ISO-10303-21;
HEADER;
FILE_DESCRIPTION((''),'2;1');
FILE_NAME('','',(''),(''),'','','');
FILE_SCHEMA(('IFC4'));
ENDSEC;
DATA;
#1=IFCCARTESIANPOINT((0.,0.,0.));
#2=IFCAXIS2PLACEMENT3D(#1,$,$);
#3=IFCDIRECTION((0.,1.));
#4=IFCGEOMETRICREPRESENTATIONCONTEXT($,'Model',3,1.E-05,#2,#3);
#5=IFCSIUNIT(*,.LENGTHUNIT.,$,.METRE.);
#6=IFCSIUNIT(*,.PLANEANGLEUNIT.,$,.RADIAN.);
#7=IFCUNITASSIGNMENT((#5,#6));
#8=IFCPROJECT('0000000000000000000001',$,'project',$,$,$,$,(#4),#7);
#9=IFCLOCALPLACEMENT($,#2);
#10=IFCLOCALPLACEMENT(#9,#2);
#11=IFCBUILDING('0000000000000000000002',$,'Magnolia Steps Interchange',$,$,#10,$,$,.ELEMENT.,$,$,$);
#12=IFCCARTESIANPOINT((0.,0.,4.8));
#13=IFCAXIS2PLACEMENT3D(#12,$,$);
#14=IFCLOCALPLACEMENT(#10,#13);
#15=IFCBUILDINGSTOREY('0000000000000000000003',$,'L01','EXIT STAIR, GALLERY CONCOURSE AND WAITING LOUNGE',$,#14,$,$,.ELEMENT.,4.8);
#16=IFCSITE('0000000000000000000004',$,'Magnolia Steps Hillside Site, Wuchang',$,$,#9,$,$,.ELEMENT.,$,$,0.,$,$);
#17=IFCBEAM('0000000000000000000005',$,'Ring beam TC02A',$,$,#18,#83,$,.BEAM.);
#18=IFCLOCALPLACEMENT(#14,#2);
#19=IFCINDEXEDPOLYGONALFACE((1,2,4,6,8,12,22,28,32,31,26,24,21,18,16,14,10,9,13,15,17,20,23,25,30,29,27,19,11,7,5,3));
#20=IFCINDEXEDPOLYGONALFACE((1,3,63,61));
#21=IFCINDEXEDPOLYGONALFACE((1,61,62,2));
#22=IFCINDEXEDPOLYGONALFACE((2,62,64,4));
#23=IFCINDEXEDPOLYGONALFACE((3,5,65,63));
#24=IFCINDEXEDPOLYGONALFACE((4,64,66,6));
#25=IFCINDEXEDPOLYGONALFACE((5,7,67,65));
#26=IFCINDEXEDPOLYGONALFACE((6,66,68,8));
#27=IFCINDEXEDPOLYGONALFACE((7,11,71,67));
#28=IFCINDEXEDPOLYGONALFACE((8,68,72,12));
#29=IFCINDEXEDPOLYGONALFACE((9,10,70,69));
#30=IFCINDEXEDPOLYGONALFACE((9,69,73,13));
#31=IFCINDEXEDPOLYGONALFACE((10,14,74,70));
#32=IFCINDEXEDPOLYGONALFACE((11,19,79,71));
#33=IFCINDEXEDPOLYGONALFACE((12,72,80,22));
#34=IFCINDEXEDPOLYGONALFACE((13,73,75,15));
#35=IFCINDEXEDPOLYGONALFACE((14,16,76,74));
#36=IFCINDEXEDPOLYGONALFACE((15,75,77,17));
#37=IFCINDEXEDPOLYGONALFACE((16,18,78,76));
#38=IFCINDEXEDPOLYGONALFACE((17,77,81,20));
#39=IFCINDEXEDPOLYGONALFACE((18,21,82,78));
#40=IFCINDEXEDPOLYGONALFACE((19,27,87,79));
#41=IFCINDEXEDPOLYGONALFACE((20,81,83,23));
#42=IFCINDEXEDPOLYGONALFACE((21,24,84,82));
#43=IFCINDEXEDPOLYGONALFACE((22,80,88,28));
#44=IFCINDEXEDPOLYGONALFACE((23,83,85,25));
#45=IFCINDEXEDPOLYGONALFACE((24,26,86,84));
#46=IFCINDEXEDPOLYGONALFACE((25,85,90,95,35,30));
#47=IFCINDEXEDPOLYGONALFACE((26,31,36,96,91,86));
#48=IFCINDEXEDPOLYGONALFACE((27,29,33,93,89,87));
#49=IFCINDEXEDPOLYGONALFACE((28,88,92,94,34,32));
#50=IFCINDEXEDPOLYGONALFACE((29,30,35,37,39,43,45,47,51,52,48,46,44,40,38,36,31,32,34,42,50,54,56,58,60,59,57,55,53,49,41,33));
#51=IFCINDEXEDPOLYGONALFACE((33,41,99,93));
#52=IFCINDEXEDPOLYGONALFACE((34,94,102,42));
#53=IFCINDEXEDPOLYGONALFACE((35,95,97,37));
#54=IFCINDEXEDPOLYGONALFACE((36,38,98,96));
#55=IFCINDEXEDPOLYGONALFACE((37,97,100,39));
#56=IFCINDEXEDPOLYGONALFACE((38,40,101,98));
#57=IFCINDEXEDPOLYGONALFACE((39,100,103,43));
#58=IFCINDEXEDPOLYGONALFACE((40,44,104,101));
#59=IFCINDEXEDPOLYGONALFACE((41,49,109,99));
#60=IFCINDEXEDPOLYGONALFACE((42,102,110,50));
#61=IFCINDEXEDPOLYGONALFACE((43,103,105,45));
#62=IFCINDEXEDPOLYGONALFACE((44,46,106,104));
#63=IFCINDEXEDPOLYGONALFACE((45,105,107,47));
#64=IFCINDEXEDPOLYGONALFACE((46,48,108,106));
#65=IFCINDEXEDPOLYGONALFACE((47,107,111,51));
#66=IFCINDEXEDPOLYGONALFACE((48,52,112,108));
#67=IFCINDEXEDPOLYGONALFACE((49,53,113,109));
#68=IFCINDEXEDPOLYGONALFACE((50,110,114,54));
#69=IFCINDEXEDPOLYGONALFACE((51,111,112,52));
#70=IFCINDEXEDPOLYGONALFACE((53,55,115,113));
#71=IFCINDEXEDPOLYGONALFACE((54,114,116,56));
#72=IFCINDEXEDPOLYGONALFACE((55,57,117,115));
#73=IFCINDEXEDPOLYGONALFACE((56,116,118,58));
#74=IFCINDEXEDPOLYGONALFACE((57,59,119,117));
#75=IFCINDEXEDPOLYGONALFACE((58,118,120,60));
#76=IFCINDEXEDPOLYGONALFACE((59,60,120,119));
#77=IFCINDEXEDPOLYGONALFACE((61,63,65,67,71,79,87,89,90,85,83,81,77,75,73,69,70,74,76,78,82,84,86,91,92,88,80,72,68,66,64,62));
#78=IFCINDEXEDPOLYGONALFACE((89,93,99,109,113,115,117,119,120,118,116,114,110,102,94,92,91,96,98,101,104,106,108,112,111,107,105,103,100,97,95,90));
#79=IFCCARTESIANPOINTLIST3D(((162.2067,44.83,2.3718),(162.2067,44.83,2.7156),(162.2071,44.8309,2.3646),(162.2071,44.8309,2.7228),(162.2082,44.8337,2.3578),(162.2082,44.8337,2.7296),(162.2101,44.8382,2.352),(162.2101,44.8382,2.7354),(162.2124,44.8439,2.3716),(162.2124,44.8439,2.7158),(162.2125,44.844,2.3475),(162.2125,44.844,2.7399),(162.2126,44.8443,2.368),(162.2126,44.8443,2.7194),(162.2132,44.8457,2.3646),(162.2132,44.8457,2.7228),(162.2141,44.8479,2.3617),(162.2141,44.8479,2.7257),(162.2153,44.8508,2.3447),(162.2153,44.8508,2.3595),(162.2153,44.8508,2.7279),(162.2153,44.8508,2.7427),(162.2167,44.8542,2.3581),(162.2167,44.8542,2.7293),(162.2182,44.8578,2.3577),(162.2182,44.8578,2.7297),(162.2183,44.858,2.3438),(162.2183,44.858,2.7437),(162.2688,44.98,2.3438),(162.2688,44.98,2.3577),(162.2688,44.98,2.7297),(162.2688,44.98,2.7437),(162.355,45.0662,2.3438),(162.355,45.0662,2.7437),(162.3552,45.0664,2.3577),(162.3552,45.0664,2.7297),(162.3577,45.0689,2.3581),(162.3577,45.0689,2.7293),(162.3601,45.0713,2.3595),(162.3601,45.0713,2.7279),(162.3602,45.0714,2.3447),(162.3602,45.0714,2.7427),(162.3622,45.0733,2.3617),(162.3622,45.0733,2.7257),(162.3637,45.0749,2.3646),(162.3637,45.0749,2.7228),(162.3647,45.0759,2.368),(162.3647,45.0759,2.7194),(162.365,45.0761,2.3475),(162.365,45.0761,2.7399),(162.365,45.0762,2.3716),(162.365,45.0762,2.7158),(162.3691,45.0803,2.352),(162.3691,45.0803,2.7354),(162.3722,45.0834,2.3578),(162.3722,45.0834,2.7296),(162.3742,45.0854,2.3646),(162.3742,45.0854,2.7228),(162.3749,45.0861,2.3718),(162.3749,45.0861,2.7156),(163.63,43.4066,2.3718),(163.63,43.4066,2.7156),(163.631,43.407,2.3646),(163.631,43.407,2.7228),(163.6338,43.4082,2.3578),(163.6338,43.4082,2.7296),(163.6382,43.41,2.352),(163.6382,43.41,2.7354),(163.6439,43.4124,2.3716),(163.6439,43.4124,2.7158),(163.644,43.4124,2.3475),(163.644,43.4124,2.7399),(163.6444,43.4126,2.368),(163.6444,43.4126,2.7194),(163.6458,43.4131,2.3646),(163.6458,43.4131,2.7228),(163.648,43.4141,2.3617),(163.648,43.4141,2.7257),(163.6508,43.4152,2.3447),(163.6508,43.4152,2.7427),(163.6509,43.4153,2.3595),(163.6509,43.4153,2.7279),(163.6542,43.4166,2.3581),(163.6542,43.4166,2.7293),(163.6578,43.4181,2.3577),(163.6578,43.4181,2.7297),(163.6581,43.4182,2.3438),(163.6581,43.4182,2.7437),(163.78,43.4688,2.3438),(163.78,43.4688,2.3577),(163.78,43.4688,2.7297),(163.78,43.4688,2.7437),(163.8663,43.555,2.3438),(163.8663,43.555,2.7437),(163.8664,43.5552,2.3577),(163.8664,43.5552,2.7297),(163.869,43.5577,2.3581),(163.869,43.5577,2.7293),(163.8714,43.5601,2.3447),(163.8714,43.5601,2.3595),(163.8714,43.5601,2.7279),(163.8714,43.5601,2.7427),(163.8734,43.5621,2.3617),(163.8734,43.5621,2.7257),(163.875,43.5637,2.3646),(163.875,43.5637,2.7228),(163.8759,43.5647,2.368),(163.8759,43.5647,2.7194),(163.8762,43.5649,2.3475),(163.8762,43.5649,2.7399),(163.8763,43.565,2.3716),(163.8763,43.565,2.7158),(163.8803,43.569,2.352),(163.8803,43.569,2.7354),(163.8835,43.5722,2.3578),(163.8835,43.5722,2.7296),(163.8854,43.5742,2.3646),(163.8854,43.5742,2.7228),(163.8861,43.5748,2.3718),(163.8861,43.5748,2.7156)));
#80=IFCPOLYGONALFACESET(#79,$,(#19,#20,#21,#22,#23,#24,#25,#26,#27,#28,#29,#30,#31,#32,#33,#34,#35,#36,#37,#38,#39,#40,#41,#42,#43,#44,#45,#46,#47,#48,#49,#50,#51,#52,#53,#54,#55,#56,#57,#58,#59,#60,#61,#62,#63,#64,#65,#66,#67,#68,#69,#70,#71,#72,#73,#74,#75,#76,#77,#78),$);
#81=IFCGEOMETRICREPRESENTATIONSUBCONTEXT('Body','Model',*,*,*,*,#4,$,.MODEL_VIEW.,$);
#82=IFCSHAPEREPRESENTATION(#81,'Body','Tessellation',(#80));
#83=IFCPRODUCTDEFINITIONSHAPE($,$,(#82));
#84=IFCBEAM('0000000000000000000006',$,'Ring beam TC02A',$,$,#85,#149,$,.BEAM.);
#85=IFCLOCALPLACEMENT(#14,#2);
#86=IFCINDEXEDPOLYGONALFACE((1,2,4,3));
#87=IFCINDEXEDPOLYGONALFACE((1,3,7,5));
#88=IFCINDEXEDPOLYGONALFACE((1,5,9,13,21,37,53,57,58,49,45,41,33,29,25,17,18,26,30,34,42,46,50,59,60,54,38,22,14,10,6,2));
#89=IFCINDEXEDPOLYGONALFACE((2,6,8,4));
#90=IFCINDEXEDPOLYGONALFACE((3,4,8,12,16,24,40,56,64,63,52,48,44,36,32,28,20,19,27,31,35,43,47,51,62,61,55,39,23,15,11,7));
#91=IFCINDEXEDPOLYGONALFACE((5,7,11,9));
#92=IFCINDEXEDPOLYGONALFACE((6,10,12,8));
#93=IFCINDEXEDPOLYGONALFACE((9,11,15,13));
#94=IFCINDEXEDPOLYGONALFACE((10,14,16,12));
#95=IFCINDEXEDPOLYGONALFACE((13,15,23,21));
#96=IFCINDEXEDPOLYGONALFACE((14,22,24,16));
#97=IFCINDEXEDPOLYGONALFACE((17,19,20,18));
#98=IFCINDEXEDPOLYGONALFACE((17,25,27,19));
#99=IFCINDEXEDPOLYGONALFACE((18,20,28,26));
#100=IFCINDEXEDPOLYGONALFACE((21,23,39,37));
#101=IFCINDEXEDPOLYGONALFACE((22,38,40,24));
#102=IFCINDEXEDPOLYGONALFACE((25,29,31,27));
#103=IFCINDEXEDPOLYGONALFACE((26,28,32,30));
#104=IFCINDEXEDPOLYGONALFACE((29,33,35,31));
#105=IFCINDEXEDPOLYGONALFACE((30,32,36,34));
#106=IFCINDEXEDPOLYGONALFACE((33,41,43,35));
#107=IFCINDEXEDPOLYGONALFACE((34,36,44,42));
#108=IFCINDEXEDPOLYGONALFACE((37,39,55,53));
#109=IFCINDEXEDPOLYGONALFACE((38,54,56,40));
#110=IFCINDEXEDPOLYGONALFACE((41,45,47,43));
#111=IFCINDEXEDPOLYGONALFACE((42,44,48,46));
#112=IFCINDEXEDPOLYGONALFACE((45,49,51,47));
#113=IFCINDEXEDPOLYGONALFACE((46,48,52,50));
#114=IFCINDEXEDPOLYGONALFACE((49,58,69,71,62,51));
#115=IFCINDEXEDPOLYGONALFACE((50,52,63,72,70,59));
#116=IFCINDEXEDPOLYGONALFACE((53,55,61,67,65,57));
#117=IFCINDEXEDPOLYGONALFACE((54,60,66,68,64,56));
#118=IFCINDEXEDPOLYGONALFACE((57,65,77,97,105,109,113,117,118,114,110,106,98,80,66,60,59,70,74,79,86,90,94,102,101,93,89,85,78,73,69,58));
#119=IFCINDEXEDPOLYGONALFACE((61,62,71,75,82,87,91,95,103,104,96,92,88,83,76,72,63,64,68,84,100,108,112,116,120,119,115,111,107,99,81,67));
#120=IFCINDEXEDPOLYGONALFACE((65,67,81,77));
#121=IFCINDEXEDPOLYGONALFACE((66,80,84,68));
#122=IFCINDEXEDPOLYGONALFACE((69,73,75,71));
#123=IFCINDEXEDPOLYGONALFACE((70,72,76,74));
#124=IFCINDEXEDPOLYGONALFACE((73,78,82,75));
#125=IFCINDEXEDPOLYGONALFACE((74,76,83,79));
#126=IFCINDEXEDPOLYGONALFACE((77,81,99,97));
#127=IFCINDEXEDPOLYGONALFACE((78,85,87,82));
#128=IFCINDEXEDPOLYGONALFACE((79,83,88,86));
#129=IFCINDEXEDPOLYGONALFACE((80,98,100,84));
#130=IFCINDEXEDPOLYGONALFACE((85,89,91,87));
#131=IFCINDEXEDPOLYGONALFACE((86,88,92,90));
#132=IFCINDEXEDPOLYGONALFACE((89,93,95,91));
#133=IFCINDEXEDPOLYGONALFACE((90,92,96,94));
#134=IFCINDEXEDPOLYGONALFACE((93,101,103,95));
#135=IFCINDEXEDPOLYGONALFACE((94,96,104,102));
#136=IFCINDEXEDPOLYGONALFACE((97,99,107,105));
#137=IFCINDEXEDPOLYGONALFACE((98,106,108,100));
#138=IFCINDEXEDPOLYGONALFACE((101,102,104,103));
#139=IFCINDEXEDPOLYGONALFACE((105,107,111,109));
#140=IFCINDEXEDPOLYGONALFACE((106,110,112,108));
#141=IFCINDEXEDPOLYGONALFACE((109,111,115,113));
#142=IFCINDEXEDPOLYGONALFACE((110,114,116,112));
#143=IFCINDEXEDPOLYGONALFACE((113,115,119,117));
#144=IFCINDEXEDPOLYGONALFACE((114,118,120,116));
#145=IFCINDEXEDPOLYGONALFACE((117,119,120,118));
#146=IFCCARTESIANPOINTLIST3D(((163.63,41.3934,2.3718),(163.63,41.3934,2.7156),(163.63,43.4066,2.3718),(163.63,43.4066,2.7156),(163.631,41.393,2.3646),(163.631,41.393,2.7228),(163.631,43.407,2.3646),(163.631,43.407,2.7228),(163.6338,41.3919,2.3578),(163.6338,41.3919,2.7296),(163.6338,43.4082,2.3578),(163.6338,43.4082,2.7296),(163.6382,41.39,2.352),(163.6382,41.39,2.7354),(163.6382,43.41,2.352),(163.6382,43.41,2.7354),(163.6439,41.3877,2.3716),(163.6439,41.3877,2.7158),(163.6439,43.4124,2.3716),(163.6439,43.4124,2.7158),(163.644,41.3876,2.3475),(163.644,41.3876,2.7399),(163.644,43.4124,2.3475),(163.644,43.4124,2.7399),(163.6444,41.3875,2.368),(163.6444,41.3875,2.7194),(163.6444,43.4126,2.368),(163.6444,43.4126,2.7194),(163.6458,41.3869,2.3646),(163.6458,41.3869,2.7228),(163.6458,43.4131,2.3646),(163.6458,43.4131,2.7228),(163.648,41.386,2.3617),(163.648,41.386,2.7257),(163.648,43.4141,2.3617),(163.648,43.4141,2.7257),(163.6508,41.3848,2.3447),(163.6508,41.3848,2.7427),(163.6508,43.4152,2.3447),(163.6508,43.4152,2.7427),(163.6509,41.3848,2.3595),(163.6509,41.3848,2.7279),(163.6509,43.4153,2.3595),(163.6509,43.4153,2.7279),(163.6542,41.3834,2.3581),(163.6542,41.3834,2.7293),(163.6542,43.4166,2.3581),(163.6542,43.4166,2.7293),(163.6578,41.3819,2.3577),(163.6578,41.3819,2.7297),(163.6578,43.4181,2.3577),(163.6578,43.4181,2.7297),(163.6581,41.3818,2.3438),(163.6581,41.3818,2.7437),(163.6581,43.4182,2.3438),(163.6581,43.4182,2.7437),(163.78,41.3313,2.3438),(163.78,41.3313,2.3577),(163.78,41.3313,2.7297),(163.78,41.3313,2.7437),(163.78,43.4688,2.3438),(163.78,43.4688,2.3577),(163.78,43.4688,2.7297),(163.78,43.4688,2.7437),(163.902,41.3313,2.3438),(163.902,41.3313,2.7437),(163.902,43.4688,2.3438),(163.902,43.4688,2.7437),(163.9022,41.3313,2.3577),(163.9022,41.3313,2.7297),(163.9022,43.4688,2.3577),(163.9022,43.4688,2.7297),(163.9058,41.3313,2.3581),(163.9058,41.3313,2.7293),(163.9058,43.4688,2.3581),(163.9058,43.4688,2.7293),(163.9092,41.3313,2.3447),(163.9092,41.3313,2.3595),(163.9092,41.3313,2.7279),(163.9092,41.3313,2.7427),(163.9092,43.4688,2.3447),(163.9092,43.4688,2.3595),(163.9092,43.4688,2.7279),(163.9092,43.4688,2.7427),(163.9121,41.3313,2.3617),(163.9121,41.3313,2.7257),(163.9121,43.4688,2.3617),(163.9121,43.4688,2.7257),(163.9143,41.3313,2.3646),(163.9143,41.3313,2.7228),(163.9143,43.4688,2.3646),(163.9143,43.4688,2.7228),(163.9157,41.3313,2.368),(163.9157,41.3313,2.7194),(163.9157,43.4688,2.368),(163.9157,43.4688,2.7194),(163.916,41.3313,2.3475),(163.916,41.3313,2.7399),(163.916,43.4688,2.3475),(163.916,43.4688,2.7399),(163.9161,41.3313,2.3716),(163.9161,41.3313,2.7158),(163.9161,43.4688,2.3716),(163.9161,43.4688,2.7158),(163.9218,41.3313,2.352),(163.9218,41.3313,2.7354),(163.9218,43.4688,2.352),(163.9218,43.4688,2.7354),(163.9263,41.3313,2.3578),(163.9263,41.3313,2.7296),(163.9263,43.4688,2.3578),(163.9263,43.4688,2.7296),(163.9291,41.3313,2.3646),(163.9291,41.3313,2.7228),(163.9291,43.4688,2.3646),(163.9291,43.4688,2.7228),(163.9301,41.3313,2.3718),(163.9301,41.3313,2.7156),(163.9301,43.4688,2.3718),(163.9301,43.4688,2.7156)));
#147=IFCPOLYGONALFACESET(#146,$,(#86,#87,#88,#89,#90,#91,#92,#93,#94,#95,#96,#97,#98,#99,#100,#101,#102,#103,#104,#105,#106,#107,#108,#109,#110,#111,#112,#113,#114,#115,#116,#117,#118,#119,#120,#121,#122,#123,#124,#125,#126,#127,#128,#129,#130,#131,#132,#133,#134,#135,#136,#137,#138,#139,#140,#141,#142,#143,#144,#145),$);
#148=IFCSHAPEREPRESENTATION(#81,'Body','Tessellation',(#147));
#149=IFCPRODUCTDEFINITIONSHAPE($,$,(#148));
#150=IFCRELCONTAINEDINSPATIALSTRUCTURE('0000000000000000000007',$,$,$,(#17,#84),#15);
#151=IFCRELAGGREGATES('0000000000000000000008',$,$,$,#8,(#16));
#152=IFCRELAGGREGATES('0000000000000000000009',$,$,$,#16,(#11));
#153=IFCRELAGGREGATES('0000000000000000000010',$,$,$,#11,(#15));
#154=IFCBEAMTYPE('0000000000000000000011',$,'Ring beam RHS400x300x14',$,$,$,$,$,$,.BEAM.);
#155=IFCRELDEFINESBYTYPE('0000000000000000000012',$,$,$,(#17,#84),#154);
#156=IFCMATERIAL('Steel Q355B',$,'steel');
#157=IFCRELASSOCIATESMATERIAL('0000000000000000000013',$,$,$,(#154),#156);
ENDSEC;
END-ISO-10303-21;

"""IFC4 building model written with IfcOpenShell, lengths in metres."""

from ifc_helpers import new_model, si_unit, direction, frame, origin, origin_2d, place, context, subcontext, project, spatial, hollow_rectangle, extrude, clip, halfspace, material, material_profile, profile_set, type_object, element, save


model = new_model("IFC4")

# Units and contexts
model_context = context("Model", 3, precision=1e-05, world=origin(), true_north=direction((0.0, 1.0)))
body_context = subcontext(model_context, "Body", "Model", "MODEL_VIEW")
ifc_project = project(units=[si_unit("LENGTHUNIT", "METRE"), si_unit("PLANEANGLEUNIT", "RADIAN")], contexts=[model_context])

# Site, building, storey
site_placement = place(None, origin())
site = spatial("IfcSite", under=ifc_project, at=site_placement, Name="Magnolia Steps Hillside Site, Wuchang", CompositionType="ELEMENT", RefElevation=0.0)
building_placement = place(site_placement, origin())
building = spatial("IfcBuilding", under=site, at=building_placement, Name="Magnolia Steps Interchange", CompositionType="ELEMENT")
storey_placement = place(building_placement, frame((0.0, 0.0, 4.8)))
storey = spatial("IfcBuildingStorey", under=building, at=storey_placement, Name="L01", Description="EXIT STAIR, GALLERY CONCOURSE AND WAITING LOUNGE", CompositionType="ELEMENT", Elevation=4.8)

# Beams
ifc_material_1 = material(Name="Steel Q355B", Category="steel")
ifc_material_profile_1 = material_profile(ifc_material_1, hollow_rectangle(XDim=0.3, YDim=0.3999, WallThickness=0.0139, InnerFilletRadius=0.0139, OuterFilletRadius=0.0281, at=origin_2d()), Name="RHS400x300x14")
ifc_profile_set_1 = profile_set([ifc_material_profile_1], Name="Steel Q355B")
beam_type = type_object("IfcBeamType", Name="Ring beam RHS400x300x14", PredefinedType="BEAM", material=ifc_profile_set_1)
beam_1_placement = place(storey_placement, frame((163.78, 43.4688, 2.5437), z_axis=(-0.707107, 0.707107, 0.0), x_axis=(-0.707107, -0.707107, 0.0)))
element("IfcBeam", 1, at=beam_1_placement, inside=storey, type_object=beam_type, Name="Ring beam TC02A", PredefinedType="BEAM", context=body_context, shape_type="Clipping", body=[
    clip(clip(extrude(hollow_rectangle(XDim=0.3, YDim=0.3999, WallThickness=0.0139, InnerFilletRadius=0.0139, OuterFilletRadius=0.0281, at=origin_2d()), origin(), (0.0, 0.0, 1.0), 2.1372), halfspace(frame((0.0, 0.0, 0.0), z_axis=(0.382683, 0.0, -0.92388), x_axis=(0.92388, 0.0, 0.382683)), False)), halfspace(frame((0.0, 0.0, 2.1372), z_axis=(0.382683, 0.0, 0.92388), x_axis=(0.92388, 0.0, -0.382683)), False)),
])
for number, where, z_axis, x_axis, name in (
    (2, (163.78, 41.3313, 2.5437), (0.0, 1.0, 0.0), (-1.0, 0.0, 0.0), "Ring beam TC02A"),
):
    element("IfcBeam", number, at=place(storey_placement, frame(where, z_axis=z_axis, x_axis=x_axis)), inside=storey, type_object=beam_type, Name=name, PredefinedType="BEAM", context=body_context, shape_type="Clipping", body=[
        clip(clip(extrude(hollow_rectangle(XDim=0.3, YDim=0.3999, WallThickness=0.0139, InnerFilletRadius=0.0139, OuterFilletRadius=0.0281, at=origin_2d()), origin(), (0.0, 0.0, 1.0), 2.1375), halfspace(frame((0.0, 0.0, 0.0), z_axis=(0.382683, 0.0, -0.92388), x_axis=(0.92388, 0.0, 0.382683)), False)), halfspace(frame((0.0, 0.0, 2.1375), z_axis=(0.382683, 0.0, 0.92388), x_axis=(0.92388, 0.0, -0.382683)), False)),
    ])

save(model, "model.ifc")
